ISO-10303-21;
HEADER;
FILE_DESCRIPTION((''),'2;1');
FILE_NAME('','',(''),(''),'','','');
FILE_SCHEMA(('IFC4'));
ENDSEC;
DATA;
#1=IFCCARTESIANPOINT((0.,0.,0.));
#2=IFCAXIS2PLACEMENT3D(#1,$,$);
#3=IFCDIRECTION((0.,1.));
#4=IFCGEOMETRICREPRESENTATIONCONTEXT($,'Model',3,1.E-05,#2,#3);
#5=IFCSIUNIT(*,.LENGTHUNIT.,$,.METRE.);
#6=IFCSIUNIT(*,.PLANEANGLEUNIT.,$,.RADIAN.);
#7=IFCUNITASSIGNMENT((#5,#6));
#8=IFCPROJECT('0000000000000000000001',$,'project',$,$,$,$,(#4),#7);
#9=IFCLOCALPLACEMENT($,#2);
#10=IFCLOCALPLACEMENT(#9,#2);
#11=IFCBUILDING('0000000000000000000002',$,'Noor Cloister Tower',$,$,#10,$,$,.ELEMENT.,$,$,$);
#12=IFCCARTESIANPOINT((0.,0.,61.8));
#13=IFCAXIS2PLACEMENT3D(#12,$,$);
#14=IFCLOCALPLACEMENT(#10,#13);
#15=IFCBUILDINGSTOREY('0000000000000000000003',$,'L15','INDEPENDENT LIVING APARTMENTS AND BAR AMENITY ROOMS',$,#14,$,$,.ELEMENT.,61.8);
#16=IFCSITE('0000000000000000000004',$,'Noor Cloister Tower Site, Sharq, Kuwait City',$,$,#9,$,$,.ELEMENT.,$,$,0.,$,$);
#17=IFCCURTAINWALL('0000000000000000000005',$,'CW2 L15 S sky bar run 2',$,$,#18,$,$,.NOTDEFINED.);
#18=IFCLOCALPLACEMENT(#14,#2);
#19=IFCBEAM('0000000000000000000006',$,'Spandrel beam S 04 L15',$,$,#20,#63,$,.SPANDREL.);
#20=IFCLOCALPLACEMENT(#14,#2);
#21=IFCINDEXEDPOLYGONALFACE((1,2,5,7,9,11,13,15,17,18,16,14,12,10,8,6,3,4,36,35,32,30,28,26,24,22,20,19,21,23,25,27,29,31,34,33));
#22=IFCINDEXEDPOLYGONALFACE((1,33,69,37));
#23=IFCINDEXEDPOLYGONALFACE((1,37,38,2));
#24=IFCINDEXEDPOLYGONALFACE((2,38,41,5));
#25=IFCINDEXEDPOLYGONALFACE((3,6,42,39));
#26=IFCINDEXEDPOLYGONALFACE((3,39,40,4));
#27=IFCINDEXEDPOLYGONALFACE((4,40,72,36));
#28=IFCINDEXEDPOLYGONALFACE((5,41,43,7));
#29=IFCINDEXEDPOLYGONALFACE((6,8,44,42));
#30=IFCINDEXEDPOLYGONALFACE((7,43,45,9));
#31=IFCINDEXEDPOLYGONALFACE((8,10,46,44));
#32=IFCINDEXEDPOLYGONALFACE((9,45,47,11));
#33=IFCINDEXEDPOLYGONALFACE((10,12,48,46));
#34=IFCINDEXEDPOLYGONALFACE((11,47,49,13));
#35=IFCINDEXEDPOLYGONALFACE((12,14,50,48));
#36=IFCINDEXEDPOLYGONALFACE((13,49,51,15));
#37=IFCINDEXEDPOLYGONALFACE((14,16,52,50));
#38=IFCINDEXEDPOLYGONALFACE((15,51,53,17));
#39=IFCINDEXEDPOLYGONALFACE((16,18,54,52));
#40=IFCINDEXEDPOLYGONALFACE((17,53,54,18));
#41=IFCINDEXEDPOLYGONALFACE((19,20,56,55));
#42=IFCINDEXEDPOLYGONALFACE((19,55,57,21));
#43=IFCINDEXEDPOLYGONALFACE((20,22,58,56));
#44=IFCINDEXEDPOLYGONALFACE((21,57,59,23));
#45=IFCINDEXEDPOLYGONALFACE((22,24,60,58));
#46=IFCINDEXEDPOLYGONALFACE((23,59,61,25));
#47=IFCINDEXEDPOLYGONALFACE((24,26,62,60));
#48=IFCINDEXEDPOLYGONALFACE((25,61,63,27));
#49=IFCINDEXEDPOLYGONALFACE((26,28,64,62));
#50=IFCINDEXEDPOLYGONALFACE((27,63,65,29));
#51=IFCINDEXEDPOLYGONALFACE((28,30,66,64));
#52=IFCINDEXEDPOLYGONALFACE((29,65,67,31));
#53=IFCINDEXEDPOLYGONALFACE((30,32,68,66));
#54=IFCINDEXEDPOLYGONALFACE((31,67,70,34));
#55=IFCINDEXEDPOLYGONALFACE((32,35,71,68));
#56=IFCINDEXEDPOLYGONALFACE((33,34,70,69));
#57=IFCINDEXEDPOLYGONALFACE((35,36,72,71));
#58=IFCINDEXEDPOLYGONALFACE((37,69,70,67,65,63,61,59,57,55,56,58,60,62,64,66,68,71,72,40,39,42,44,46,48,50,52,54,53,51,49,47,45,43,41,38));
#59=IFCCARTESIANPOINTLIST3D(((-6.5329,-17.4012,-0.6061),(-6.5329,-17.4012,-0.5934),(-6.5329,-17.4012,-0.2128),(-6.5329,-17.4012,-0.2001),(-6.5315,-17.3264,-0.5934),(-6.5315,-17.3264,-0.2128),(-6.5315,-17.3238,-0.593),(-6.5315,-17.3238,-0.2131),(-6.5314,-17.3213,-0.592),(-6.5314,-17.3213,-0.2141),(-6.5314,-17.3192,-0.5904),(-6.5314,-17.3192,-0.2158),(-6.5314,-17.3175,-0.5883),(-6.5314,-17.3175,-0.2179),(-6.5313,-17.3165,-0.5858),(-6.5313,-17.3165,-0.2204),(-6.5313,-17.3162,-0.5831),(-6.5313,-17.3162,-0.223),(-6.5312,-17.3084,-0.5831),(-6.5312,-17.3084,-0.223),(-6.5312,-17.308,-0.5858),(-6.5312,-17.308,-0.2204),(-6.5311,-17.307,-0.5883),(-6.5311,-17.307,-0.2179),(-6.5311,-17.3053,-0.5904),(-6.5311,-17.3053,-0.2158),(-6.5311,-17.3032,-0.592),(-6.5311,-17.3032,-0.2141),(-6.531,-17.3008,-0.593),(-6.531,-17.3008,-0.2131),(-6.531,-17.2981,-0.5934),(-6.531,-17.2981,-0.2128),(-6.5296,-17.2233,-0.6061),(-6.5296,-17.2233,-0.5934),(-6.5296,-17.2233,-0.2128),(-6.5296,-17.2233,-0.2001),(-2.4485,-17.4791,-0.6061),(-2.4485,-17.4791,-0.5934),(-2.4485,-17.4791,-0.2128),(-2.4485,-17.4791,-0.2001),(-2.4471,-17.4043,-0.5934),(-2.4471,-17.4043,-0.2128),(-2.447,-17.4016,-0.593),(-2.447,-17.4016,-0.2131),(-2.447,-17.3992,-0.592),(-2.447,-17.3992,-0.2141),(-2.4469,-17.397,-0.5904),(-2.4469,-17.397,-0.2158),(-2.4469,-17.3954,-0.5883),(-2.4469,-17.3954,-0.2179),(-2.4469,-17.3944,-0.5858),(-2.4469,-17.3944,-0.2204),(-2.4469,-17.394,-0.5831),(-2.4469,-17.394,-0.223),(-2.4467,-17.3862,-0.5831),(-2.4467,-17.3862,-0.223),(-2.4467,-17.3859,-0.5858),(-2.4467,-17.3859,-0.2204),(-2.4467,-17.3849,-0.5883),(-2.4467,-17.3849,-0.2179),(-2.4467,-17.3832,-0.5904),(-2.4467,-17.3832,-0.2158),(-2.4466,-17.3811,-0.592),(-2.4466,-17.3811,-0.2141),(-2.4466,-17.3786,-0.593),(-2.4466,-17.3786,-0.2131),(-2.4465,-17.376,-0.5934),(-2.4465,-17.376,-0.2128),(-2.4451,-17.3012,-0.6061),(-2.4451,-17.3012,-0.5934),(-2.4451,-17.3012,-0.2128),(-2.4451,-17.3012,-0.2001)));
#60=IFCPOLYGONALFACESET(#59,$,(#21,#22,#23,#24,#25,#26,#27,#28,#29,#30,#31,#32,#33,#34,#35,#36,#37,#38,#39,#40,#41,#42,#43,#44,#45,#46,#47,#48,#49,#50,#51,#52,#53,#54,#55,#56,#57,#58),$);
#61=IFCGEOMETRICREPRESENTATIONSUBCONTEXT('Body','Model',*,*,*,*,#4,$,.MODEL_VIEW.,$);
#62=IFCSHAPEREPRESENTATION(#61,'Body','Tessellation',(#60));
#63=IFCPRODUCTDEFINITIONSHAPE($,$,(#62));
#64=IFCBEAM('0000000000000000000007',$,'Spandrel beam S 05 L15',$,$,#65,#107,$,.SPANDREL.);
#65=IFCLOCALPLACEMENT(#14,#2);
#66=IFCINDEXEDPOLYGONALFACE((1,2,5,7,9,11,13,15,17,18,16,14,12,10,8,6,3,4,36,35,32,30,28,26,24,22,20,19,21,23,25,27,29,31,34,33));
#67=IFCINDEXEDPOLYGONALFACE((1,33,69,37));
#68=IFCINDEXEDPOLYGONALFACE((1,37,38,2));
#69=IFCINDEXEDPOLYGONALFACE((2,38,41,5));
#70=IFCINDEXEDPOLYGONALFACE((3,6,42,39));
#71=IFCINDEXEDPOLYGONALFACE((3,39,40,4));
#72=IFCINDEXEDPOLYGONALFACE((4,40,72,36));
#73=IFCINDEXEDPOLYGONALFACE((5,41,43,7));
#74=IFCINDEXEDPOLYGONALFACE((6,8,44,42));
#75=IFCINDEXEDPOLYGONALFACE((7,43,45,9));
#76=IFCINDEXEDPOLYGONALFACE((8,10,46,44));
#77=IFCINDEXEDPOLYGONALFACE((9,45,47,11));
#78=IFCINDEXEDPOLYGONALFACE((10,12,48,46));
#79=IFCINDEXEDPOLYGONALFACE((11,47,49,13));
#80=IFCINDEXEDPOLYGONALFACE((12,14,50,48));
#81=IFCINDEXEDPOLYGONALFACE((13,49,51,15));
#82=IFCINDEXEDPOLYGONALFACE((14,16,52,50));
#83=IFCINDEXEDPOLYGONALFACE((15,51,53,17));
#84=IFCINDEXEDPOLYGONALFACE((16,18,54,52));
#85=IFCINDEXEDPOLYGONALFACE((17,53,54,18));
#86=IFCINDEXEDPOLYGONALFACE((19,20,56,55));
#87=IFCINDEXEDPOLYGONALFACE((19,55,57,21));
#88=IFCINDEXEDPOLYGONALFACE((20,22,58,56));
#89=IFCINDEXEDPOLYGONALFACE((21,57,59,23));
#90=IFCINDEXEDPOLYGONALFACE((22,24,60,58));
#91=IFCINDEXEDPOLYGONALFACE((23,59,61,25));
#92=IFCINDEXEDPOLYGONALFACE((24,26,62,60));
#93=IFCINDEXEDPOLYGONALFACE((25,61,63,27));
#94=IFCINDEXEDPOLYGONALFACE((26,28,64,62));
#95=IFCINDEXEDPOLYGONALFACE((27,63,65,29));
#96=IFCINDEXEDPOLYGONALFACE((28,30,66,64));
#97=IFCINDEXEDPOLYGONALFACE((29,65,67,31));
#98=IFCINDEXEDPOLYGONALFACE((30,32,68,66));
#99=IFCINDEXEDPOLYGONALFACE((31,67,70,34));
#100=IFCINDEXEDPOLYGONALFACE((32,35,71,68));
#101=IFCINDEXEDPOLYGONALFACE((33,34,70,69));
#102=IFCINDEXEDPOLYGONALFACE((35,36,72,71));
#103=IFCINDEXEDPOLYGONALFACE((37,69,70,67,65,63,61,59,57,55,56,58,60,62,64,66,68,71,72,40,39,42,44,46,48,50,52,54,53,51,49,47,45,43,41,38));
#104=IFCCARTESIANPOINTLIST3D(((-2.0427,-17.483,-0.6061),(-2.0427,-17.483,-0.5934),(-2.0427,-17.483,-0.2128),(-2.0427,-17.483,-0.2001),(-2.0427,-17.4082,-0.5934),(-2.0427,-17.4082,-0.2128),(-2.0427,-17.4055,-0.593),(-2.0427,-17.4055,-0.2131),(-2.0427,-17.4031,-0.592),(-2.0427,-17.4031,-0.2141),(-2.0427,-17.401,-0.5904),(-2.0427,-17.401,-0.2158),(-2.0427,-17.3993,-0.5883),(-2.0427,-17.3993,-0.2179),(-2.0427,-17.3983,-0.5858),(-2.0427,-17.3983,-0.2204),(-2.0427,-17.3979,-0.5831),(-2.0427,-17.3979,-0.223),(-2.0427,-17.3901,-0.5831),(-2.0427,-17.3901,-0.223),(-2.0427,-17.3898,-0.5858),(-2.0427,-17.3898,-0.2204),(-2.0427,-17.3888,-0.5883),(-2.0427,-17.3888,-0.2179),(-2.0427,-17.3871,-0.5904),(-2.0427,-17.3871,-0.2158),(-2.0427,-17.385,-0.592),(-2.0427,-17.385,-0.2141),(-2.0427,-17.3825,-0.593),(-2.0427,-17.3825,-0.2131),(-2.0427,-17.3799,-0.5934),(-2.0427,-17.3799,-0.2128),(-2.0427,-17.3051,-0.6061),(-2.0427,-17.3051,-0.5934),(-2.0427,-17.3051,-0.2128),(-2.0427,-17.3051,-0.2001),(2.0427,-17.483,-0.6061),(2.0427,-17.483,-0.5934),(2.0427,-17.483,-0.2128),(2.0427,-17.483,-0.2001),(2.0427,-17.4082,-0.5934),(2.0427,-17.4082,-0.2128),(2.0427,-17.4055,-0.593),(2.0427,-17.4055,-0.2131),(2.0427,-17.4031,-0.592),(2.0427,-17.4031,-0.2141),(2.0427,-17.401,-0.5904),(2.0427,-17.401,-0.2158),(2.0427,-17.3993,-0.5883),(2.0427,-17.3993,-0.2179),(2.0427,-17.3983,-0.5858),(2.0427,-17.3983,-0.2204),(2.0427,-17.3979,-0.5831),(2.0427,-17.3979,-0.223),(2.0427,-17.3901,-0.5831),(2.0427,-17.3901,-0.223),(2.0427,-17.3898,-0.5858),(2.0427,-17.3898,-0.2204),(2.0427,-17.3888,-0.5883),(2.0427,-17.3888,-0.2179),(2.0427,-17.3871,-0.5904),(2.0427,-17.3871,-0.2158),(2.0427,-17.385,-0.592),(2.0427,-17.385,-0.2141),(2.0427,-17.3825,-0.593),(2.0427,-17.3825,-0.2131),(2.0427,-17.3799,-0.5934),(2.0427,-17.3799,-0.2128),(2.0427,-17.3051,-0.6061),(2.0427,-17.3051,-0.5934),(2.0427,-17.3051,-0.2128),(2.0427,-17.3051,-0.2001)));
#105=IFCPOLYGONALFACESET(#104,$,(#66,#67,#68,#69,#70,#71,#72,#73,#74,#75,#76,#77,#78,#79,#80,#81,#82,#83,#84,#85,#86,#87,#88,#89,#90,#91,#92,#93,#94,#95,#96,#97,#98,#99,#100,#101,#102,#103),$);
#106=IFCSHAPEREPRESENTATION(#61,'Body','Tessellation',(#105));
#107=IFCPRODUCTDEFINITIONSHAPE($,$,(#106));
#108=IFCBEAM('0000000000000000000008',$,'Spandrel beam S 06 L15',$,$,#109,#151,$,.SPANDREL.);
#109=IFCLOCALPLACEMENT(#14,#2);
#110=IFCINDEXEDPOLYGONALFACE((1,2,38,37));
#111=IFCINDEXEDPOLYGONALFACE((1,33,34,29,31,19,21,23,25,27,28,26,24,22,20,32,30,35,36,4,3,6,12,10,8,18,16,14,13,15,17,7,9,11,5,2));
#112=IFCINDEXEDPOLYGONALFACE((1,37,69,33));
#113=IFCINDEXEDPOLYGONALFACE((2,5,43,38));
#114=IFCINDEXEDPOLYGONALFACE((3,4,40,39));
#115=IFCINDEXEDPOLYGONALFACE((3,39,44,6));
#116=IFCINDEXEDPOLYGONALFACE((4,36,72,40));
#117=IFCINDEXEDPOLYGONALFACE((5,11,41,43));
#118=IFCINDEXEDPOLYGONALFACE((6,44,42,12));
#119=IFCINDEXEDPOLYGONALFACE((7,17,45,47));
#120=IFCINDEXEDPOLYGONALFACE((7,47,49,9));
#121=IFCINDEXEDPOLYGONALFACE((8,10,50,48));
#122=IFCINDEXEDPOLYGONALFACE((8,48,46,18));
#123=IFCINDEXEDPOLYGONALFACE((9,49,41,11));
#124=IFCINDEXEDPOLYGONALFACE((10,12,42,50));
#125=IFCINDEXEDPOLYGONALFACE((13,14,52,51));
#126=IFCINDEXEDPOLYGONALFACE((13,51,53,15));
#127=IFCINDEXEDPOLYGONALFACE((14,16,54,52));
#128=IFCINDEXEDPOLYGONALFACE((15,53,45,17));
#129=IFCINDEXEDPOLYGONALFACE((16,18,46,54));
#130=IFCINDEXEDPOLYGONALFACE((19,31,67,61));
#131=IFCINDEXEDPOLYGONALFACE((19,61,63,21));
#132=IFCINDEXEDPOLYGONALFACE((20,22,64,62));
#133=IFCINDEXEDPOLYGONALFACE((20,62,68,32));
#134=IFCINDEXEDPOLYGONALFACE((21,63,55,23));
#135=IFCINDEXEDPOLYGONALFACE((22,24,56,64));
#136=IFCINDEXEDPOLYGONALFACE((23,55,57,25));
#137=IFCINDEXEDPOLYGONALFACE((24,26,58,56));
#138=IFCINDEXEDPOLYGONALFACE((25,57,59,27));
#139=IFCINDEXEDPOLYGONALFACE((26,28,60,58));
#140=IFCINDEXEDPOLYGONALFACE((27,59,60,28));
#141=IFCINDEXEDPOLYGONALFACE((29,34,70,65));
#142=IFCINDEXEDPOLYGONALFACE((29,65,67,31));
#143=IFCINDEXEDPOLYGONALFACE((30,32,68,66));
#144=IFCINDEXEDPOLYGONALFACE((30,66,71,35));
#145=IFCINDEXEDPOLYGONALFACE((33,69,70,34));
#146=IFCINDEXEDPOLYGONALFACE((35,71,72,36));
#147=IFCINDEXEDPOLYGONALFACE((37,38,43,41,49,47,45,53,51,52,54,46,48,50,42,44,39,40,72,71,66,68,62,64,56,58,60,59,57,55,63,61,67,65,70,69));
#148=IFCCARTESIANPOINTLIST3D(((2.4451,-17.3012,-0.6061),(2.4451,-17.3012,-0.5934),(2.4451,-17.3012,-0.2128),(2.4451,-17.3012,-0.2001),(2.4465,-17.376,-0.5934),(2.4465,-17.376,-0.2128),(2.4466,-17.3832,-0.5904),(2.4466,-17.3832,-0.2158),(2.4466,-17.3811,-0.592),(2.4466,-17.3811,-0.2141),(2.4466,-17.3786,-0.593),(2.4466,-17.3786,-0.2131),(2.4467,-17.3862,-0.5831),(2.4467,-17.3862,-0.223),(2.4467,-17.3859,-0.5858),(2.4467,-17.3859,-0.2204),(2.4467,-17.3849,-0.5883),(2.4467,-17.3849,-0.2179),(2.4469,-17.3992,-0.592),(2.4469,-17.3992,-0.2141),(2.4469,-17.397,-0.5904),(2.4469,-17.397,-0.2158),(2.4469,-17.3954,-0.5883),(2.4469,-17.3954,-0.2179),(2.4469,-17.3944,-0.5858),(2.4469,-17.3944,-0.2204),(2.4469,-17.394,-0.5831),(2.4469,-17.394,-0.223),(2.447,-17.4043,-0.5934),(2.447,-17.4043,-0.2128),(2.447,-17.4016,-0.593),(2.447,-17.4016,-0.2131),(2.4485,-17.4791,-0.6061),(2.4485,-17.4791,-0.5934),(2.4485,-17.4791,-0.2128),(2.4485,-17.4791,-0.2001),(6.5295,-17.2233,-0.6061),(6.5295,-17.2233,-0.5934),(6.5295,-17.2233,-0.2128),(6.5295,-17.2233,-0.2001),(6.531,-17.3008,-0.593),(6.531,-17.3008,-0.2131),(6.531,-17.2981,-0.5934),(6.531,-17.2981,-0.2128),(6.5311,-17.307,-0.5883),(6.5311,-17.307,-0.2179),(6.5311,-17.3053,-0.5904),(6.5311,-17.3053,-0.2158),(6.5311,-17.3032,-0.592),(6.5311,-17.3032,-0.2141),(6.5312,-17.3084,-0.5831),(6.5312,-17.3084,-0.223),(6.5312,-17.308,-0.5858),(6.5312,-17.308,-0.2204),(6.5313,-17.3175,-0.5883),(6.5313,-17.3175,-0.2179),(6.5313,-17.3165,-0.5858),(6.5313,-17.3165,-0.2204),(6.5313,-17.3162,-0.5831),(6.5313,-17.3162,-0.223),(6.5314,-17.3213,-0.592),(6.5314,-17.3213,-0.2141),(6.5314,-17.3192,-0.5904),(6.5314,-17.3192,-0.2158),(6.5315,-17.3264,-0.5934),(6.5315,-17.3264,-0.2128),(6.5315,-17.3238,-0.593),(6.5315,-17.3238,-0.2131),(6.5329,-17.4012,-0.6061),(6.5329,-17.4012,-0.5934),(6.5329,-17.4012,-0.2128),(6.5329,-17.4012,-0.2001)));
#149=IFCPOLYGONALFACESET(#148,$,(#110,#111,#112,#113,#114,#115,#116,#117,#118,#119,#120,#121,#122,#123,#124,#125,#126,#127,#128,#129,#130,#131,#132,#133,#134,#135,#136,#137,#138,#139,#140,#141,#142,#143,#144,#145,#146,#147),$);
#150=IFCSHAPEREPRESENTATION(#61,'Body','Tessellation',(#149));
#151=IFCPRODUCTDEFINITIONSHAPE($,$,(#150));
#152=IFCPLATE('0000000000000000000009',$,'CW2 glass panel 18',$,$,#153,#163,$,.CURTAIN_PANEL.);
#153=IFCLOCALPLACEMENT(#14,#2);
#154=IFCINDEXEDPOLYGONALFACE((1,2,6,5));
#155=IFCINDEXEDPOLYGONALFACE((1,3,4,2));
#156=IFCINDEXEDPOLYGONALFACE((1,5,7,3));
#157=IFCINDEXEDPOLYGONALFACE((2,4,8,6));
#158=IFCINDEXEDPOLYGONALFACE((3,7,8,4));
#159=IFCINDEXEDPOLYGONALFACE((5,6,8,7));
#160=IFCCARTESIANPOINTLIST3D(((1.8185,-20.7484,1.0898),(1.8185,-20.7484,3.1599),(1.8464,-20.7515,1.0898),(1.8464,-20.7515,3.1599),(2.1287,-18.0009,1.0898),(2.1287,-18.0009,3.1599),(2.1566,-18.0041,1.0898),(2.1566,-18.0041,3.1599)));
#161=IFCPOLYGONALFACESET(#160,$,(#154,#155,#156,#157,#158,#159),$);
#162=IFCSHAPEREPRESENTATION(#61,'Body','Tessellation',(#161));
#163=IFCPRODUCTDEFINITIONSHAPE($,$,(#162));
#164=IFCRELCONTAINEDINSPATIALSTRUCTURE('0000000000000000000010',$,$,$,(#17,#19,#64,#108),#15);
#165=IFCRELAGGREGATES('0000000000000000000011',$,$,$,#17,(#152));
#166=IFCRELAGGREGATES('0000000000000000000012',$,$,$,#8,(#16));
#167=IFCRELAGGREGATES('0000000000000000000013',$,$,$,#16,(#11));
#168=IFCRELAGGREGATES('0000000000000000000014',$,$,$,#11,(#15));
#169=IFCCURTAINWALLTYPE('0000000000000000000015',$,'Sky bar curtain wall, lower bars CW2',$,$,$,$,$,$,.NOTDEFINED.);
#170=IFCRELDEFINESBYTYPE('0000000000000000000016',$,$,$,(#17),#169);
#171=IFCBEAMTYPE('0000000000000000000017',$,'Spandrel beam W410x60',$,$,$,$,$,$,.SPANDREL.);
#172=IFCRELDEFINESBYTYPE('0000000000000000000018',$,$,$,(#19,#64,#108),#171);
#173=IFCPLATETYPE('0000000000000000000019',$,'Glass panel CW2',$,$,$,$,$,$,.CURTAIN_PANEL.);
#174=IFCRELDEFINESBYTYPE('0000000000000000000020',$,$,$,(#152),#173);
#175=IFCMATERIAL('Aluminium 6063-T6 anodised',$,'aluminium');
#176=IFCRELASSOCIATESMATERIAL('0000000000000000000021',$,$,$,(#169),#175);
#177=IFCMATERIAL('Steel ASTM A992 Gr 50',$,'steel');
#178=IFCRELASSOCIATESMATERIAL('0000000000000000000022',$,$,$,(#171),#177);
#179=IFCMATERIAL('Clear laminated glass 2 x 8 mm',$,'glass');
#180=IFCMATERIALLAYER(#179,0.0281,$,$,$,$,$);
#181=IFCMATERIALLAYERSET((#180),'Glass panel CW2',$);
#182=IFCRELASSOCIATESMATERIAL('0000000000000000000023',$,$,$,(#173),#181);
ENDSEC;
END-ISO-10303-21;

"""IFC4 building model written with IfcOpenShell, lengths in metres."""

from ifc_helpers import new_model, si_unit, direction, frame, origin, origin_2d, place, context, subcontext, project, spatial, rectangle, i_section, extrude, material, layer, layer_set, material_profile, profile_set, type_object, element, aggregate, save


model = new_model("IFC4")

# Units and contexts
model_context = context("Model", 3, precision=1e-05, world=origin(), true_north=direction((0.0, 1.0)))
body_context = subcontext(model_context, "Body", "Model", "MODEL_VIEW")
ifc_project = project(units=[si_unit("LENGTHUNIT", "METRE"), si_unit("PLANEANGLEUNIT", "RADIAN")], contexts=[model_context])

# Site, building, storey
site_placement = place(None, origin())
site = spatial("IfcSite", under=ifc_project, at=site_placement, Name="Noor Cloister Tower Site, Sharq, Kuwait City", CompositionType="ELEMENT", RefElevation=0.0)
building_placement = place(site_placement, origin())
building = spatial("IfcBuilding", under=site, at=building_placement, Name="Noor Cloister Tower", CompositionType="ELEMENT")
storey_placement = place(building_placement, frame((0.0, 0.0, 61.8)))
storey = spatial("IfcBuildingStorey", under=building, at=storey_placement, Name="L15", Description="INDEPENDENT LIVING APARTMENTS AND BAR AMENITY ROOMS", CompositionType="ELEMENT", Elevation=61.8)

# Curtain wall
ifc_material_1 = material(Name="Aluminium 6063-T6 anodised", Category="aluminium")
curtain_wall_type_1 = type_object("IfcCurtainWallType", Name="Sky bar curtain wall, lower bars CW2", PredefinedType="NOTDEFINED", material=ifc_material_1)
curtain_wall_1_placement = place(storey_placement, origin())
curtain_wall_1 = element("IfcCurtainWall", 1, at=curtain_wall_1_placement, inside=storey, type_object=curtain_wall_type_1, Name="CW2 L15 S sky bar run 2", PredefinedType="NOTDEFINED")

# Beams
ifc_material_2 = material(Name="Steel ASTM A992 Gr 50", Category="steel")
ifc_material_profile_1 = material_profile(ifc_material_2, i_section(OverallWidth=0.178, OverallDepth=0.406, WebThickness=0.0078, FlangeThickness=0.0127, FilletRadius=0.0103, at=origin_2d()), Name="W410x60")
ifc_profile_set_1 = profile_set([ifc_material_profile_1], Name="Steel ASTM A992 Gr 50")
beam_type_1 = type_object("IfcBeamType", Name="Spandrel beam W410x60", PredefinedType="SPANDREL", material=ifc_profile_set_1)
beam_1_placement = place(storey_placement, frame((-6.5312, -17.3123, -0.4031), z_axis=(0.999818, -0.019064, 0.0), x_axis=(0.019064, 0.999818, 0.0)))
element("IfcBeam", 2, at=beam_1_placement, inside=storey, type_object=beam_type_1, Name="Spandrel beam S 04 L15", PredefinedType="SPANDREL", context=body_context, shape_type="SweptSolid", body=[
    extrude(i_section(OverallWidth=0.178, OverallDepth=0.406, WebThickness=0.0078, FlangeThickness=0.0127, FilletRadius=0.0103, at=origin_2d()), origin(), (0.0, 0.0, 1.0), 4.0852),
])
beam_2_placement = place(storey_placement, frame((-2.0427, -17.394, -0.4031), z_axis=(1.0, 0.0, 0.0), x_axis=(0.0, 1.0, 0.0)))
element("IfcBeam", 3, at=beam_2_placement, inside=storey, type_object=beam_type_1, Name="Spandrel beam S 05 L15", PredefinedType="SPANDREL", context=body_context, shape_type="SweptSolid", body=[
    extrude(i_section(OverallWidth=0.178, OverallDepth=0.406, WebThickness=0.0078, FlangeThickness=0.0127, FilletRadius=0.0103, at=origin_2d()), origin(), (0.0, 0.0, 1.0), 4.0854),
])
beam_3_placement = place(storey_placement, frame((2.4468, -17.3901, -0.4031), z_axis=(0.999818, 0.019064, 0.0), x_axis=(-0.019064, 0.999818, 0.0)))
element("IfcBeam", 4, at=beam_3_placement, inside=storey, type_object=beam_type_1, Name="Spandrel beam S 06 L15", PredefinedType="SPANDREL", context=body_context, shape_type="SweptSolid", body=[
    extrude(i_section(OverallWidth=0.178, OverallDepth=0.406, WebThickness=0.0078, FlangeThickness=0.0127, FilletRadius=0.0103, at=origin_2d()), origin(), (0.0, 0.0, 1.0), 4.0852),
])

# Plate
ifc_material_3 = material(Name="Clear laminated glass 2 x 8 mm", Category="glass")
ifc_layer_1 = layer(ifc_material_3, 0.0281)
ifc_layer_set_1 = layer_set([ifc_layer_1], Name="Glass panel CW2")
plate_type = type_object("IfcPlateType", Name="Glass panel CW2", PredefinedType="CURTAIN_PANEL", material=ifc_layer_set_1)
plate_placement = place(storey_placement, frame((1.9875, -19.3762, 1.0898), z_axis=(0.0, 0.0, 1.0), x_axis=(0.112197, 0.993686, 0.0)))
plate = element("IfcPlate", 5, at=plate_placement, type_object=plate_type, Name="CW2 glass panel 18", PredefinedType="CURTAIN_PANEL", context=body_context, shape_type="SweptSolid", body=[
    extrude(rectangle(XDim=2.7649, YDim=0.0281, at=origin_2d()), origin(), (0.0, 0.0, 1.0), 2.0701),
])
aggregate(curtain_wall_1, [plate])

save(model, "model.ifc")
